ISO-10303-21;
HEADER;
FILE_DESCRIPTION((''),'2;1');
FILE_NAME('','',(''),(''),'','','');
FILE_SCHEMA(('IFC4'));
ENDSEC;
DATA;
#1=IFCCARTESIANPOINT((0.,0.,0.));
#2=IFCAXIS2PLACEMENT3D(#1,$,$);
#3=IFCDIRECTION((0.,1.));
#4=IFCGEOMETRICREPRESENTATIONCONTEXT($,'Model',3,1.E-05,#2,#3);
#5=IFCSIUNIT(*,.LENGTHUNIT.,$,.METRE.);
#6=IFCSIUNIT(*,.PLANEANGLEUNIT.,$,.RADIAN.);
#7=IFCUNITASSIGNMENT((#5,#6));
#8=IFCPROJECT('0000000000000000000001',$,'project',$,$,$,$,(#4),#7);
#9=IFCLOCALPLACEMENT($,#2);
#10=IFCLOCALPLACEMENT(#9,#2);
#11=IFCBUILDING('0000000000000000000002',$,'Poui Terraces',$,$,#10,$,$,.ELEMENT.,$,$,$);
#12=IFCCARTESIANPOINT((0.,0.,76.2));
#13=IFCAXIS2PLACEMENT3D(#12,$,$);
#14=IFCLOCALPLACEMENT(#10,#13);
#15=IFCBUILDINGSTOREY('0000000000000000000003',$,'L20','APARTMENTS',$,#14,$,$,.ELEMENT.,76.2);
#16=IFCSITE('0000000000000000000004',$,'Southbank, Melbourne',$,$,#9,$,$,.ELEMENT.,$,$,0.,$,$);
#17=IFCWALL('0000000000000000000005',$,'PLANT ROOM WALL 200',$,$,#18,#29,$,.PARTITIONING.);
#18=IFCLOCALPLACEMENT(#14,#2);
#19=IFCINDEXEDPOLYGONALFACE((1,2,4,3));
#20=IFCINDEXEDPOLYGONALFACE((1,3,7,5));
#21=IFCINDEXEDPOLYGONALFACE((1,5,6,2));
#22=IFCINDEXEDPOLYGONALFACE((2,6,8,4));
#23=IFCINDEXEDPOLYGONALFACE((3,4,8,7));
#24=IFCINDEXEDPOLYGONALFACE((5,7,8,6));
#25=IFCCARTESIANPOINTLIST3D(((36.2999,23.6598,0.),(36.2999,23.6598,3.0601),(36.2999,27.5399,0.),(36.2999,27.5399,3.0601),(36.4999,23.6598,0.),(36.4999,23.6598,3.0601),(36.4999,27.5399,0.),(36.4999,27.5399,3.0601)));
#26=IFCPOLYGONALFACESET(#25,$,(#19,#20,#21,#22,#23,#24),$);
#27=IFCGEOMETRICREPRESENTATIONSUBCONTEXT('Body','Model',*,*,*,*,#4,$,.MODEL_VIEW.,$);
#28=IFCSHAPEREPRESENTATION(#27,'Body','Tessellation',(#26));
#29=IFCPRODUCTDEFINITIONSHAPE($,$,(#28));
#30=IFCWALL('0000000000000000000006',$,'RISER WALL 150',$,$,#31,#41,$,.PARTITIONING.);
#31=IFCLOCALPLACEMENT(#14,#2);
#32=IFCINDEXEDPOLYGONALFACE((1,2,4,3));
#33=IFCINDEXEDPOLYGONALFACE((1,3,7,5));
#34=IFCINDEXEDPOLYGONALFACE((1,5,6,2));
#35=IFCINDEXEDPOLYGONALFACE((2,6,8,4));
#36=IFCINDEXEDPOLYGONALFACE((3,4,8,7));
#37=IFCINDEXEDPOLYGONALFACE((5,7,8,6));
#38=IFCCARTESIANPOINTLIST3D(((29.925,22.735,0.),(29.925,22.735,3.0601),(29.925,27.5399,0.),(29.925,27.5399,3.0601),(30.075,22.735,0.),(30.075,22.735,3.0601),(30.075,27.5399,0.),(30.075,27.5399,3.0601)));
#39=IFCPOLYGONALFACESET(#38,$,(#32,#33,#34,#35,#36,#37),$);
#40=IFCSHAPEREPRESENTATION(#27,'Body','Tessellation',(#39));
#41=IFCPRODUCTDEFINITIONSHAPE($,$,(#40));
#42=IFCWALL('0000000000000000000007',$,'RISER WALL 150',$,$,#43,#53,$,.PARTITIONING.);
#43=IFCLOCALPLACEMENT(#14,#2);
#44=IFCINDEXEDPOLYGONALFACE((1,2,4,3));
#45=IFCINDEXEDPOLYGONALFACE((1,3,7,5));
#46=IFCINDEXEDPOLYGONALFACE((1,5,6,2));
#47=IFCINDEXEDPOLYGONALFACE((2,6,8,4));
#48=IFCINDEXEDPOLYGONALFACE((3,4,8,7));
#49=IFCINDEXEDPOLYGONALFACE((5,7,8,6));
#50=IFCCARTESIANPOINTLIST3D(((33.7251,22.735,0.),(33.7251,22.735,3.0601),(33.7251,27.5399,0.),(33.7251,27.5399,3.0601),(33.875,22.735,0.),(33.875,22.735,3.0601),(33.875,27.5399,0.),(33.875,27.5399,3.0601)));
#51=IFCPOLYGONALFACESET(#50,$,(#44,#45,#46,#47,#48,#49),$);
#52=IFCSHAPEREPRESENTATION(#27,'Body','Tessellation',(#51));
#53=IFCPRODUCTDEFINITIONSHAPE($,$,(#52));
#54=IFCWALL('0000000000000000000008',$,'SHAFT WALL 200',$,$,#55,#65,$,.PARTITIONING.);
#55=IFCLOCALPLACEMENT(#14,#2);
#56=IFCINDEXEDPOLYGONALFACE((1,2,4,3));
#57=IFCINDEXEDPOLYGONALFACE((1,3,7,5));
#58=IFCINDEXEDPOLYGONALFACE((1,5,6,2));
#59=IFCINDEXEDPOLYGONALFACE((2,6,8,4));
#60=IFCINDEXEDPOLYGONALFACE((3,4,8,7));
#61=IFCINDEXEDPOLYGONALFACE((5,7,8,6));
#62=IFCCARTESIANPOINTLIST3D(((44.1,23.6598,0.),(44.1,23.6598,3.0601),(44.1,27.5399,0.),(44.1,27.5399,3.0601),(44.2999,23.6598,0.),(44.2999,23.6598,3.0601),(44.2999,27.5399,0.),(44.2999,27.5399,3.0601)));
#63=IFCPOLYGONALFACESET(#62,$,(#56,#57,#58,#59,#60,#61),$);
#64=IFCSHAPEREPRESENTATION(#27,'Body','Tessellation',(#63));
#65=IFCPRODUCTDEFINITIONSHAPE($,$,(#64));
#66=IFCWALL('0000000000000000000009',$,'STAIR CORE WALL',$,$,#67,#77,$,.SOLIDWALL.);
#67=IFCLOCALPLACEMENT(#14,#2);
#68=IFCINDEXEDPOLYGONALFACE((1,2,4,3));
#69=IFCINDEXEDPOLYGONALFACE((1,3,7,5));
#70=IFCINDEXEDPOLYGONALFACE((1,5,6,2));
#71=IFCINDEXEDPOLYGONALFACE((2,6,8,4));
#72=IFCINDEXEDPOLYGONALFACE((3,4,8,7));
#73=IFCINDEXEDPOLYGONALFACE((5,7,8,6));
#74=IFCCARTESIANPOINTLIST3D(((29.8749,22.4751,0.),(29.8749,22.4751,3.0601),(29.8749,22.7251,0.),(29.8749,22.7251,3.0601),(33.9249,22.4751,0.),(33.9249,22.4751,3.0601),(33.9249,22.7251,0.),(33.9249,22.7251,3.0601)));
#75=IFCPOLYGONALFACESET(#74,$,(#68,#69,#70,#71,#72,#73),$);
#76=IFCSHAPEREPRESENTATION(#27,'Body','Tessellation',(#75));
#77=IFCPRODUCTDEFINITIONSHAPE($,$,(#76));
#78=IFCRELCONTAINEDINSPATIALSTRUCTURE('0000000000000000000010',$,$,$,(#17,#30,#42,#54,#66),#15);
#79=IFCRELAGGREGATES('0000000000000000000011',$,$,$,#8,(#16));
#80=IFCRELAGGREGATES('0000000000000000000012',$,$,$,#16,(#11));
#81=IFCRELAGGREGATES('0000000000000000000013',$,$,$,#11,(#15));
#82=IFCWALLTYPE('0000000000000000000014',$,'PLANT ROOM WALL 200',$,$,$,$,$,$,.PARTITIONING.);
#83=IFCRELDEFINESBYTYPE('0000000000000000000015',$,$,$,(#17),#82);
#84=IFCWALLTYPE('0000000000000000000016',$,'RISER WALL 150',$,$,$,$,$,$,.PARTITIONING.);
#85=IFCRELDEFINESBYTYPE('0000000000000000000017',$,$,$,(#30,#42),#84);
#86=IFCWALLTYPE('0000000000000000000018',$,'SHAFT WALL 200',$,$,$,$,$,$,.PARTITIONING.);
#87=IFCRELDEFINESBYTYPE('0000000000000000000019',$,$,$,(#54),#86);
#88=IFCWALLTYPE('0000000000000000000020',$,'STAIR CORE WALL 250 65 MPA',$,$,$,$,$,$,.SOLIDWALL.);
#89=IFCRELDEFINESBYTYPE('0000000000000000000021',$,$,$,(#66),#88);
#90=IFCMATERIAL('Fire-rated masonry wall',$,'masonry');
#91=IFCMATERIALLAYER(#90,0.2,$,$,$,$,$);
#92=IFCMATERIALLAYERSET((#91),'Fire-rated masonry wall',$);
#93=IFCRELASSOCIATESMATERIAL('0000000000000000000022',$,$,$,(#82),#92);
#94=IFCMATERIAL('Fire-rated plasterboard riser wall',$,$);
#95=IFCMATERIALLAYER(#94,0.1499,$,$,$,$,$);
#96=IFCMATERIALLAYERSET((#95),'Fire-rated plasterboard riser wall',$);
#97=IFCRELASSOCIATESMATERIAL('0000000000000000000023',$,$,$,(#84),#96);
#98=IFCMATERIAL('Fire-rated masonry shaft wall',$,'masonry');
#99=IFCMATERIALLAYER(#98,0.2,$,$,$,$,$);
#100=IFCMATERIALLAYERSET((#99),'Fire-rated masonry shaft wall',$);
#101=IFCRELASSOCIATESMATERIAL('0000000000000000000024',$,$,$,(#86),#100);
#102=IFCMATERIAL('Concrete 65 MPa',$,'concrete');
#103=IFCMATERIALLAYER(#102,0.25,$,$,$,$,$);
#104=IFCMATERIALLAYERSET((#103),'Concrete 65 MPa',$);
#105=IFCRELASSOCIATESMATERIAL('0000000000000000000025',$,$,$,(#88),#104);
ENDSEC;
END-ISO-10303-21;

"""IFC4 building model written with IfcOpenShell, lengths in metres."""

from ifc_helpers import new_model, si_unit, direction, frame, frame_2d, origin, place, context, subcontext, project, spatial, rectangle, extrude, material, layer, layer_set, type_object, element, save


model = new_model("IFC4")

# Units and contexts
model_context = context("Model", 3, precision=1e-05, world=origin(), true_north=direction((0.0, 1.0)))
body_context = subcontext(model_context, "Body", "Model", "MODEL_VIEW")
ifc_project = project(units=[si_unit("LENGTHUNIT", "METRE"), si_unit("PLANEANGLEUNIT", "RADIAN")], contexts=[model_context])

# Site, building, storey
site_placement = place(None, origin())
site = spatial("IfcSite", under=ifc_project, at=site_placement, Name="Southbank, Melbourne", CompositionType="ELEMENT", RefElevation=0.0)
building_placement = place(site_placement, origin())
building = spatial("IfcBuilding", under=site, at=building_placement, Name="Poui Terraces", CompositionType="ELEMENT")
storey_placement = place(building_placement, frame((0.0, 0.0, 76.2)))
storey = spatial("IfcBuildingStorey", under=building, at=storey_placement, Name="L20", Description="APARTMENTS", CompositionType="ELEMENT", Elevation=76.2)

# Shared definitions
ifc_material_1 = material(Name="Concrete 65 MPa", Category="concrete")

# Walls
ifc_material_2 = material(Name="Fire-rated masonry wall", Category="masonry")
ifc_layer_1 = layer(ifc_material_2, 0.2)
ifc_layer_set_1 = layer_set([ifc_layer_1], Name="Fire-rated masonry wall")
wall_type_1 = type_object("IfcWallType", Name="PLANT ROOM WALL 200", PredefinedType="PARTITIONING", material=ifc_layer_set_1)
wall_1_placement = place(storey_placement, frame((36.3999, 23.6599, 0.0), z_axis=(0.0, 0.0, 1.0), x_axis=(0.0, 1.0, 0.0)))
element("IfcWall", 1, at=wall_1_placement, inside=storey, type_object=wall_type_1, Name="PLANT ROOM WALL 200", PredefinedType="PARTITIONING", context=body_context, shape_type="SweptSolid", body=[
    extrude(rectangle(XDim=3.8801, YDim=0.2, at=frame_2d((1.9399, 0.0))), origin(), (0.0, 0.0, 1.0), 3.0601),
])
ifc_material_3 = material(Name="Fire-rated plasterboard riser wall")
ifc_layer_2 = layer(ifc_material_3, 0.1499)
ifc_layer_set_2 = layer_set([ifc_layer_2], Name="Fire-rated plasterboard riser wall")
wall_type_2 = type_object("IfcWallType", Name="RISER WALL 150", PredefinedType="PARTITIONING", material=ifc_layer_set_2)
for number, where, z_axis, x_axis, name in (
    (2, (30.0, 22.7351, 0.0), (0.0, 0.0, 1.0), (0.0, 1.0, 0.0), "RISER WALL 150"),
    (3, (33.8, 22.7351, 0.0), (0.0, 0.0, 1.0), (0.0, 1.0, 0.0), "RISER WALL 150"),
):
    element("IfcWall", number, at=place(storey_placement, frame(where, z_axis=z_axis, x_axis=x_axis)), inside=storey, type_object=wall_type_2, Name=name, PredefinedType="PARTITIONING", context=body_context, shape_type="SweptSolid", body=[
        extrude(rectangle(XDim=4.8049, YDim=0.1499, at=frame_2d((2.4023, 0.0))), origin(), (0.0, 0.0, 1.0), 3.0601),
    ])
ifc_material_4 = material(Name="Fire-rated masonry shaft wall", Category="masonry")
ifc_layer_3 = layer(ifc_material_4, 0.2)
ifc_layer_set_3 = layer_set([ifc_layer_3], Name="Fire-rated masonry shaft wall")
wall_type_3 = type_object("IfcWallType", Name="SHAFT WALL 200", PredefinedType="PARTITIONING", material=ifc_layer_set_3)
wall_2_placement = place(storey_placement, frame((44.2, 23.6599, 0.0), z_axis=(0.0, 0.0, 1.0), x_axis=(0.0, 1.0, 0.0)))
element("IfcWall", 4, at=wall_2_placement, inside=storey, type_object=wall_type_3, Name="SHAFT WALL 200", PredefinedType="PARTITIONING", context=body_context, shape_type="SweptSolid", body=[
    extrude(rectangle(XDim=3.8801, YDim=0.2, at=frame_2d((1.9399, 0.0))), origin(), (0.0, 0.0, 1.0), 3.0601),
])
ifc_layer_4 = layer(ifc_material_1, 0.25)
ifc_layer_set_4 = layer_set([ifc_layer_4], Name="Concrete 65 MPa")
wall_type_4 = type_object("IfcWallType", Name="STAIR CORE WALL 250 65 MPA", PredefinedType="SOLIDWALL", material=ifc_layer_set_4)
wall_3_placement = place(storey_placement, frame((29.875, 22.6001, 0.0), z_axis=(0.0, 0.0, 1.0), x_axis=(1.0, 0.0, 0.0)))
element("IfcWall", 5, at=wall_3_placement, inside=storey, type_object=wall_type_4, Name="STAIR CORE WALL", PredefinedType="SOLIDWALL", context=body_context, shape_type="SweptSolid", body=[
    extrude(rectangle(XDim=4.05, YDim=0.25, at=frame_2d((2.0249, 0.0))), origin(), (0.0, 0.0, 1.0), 3.0601),
])

save(model, "model.ifc")
